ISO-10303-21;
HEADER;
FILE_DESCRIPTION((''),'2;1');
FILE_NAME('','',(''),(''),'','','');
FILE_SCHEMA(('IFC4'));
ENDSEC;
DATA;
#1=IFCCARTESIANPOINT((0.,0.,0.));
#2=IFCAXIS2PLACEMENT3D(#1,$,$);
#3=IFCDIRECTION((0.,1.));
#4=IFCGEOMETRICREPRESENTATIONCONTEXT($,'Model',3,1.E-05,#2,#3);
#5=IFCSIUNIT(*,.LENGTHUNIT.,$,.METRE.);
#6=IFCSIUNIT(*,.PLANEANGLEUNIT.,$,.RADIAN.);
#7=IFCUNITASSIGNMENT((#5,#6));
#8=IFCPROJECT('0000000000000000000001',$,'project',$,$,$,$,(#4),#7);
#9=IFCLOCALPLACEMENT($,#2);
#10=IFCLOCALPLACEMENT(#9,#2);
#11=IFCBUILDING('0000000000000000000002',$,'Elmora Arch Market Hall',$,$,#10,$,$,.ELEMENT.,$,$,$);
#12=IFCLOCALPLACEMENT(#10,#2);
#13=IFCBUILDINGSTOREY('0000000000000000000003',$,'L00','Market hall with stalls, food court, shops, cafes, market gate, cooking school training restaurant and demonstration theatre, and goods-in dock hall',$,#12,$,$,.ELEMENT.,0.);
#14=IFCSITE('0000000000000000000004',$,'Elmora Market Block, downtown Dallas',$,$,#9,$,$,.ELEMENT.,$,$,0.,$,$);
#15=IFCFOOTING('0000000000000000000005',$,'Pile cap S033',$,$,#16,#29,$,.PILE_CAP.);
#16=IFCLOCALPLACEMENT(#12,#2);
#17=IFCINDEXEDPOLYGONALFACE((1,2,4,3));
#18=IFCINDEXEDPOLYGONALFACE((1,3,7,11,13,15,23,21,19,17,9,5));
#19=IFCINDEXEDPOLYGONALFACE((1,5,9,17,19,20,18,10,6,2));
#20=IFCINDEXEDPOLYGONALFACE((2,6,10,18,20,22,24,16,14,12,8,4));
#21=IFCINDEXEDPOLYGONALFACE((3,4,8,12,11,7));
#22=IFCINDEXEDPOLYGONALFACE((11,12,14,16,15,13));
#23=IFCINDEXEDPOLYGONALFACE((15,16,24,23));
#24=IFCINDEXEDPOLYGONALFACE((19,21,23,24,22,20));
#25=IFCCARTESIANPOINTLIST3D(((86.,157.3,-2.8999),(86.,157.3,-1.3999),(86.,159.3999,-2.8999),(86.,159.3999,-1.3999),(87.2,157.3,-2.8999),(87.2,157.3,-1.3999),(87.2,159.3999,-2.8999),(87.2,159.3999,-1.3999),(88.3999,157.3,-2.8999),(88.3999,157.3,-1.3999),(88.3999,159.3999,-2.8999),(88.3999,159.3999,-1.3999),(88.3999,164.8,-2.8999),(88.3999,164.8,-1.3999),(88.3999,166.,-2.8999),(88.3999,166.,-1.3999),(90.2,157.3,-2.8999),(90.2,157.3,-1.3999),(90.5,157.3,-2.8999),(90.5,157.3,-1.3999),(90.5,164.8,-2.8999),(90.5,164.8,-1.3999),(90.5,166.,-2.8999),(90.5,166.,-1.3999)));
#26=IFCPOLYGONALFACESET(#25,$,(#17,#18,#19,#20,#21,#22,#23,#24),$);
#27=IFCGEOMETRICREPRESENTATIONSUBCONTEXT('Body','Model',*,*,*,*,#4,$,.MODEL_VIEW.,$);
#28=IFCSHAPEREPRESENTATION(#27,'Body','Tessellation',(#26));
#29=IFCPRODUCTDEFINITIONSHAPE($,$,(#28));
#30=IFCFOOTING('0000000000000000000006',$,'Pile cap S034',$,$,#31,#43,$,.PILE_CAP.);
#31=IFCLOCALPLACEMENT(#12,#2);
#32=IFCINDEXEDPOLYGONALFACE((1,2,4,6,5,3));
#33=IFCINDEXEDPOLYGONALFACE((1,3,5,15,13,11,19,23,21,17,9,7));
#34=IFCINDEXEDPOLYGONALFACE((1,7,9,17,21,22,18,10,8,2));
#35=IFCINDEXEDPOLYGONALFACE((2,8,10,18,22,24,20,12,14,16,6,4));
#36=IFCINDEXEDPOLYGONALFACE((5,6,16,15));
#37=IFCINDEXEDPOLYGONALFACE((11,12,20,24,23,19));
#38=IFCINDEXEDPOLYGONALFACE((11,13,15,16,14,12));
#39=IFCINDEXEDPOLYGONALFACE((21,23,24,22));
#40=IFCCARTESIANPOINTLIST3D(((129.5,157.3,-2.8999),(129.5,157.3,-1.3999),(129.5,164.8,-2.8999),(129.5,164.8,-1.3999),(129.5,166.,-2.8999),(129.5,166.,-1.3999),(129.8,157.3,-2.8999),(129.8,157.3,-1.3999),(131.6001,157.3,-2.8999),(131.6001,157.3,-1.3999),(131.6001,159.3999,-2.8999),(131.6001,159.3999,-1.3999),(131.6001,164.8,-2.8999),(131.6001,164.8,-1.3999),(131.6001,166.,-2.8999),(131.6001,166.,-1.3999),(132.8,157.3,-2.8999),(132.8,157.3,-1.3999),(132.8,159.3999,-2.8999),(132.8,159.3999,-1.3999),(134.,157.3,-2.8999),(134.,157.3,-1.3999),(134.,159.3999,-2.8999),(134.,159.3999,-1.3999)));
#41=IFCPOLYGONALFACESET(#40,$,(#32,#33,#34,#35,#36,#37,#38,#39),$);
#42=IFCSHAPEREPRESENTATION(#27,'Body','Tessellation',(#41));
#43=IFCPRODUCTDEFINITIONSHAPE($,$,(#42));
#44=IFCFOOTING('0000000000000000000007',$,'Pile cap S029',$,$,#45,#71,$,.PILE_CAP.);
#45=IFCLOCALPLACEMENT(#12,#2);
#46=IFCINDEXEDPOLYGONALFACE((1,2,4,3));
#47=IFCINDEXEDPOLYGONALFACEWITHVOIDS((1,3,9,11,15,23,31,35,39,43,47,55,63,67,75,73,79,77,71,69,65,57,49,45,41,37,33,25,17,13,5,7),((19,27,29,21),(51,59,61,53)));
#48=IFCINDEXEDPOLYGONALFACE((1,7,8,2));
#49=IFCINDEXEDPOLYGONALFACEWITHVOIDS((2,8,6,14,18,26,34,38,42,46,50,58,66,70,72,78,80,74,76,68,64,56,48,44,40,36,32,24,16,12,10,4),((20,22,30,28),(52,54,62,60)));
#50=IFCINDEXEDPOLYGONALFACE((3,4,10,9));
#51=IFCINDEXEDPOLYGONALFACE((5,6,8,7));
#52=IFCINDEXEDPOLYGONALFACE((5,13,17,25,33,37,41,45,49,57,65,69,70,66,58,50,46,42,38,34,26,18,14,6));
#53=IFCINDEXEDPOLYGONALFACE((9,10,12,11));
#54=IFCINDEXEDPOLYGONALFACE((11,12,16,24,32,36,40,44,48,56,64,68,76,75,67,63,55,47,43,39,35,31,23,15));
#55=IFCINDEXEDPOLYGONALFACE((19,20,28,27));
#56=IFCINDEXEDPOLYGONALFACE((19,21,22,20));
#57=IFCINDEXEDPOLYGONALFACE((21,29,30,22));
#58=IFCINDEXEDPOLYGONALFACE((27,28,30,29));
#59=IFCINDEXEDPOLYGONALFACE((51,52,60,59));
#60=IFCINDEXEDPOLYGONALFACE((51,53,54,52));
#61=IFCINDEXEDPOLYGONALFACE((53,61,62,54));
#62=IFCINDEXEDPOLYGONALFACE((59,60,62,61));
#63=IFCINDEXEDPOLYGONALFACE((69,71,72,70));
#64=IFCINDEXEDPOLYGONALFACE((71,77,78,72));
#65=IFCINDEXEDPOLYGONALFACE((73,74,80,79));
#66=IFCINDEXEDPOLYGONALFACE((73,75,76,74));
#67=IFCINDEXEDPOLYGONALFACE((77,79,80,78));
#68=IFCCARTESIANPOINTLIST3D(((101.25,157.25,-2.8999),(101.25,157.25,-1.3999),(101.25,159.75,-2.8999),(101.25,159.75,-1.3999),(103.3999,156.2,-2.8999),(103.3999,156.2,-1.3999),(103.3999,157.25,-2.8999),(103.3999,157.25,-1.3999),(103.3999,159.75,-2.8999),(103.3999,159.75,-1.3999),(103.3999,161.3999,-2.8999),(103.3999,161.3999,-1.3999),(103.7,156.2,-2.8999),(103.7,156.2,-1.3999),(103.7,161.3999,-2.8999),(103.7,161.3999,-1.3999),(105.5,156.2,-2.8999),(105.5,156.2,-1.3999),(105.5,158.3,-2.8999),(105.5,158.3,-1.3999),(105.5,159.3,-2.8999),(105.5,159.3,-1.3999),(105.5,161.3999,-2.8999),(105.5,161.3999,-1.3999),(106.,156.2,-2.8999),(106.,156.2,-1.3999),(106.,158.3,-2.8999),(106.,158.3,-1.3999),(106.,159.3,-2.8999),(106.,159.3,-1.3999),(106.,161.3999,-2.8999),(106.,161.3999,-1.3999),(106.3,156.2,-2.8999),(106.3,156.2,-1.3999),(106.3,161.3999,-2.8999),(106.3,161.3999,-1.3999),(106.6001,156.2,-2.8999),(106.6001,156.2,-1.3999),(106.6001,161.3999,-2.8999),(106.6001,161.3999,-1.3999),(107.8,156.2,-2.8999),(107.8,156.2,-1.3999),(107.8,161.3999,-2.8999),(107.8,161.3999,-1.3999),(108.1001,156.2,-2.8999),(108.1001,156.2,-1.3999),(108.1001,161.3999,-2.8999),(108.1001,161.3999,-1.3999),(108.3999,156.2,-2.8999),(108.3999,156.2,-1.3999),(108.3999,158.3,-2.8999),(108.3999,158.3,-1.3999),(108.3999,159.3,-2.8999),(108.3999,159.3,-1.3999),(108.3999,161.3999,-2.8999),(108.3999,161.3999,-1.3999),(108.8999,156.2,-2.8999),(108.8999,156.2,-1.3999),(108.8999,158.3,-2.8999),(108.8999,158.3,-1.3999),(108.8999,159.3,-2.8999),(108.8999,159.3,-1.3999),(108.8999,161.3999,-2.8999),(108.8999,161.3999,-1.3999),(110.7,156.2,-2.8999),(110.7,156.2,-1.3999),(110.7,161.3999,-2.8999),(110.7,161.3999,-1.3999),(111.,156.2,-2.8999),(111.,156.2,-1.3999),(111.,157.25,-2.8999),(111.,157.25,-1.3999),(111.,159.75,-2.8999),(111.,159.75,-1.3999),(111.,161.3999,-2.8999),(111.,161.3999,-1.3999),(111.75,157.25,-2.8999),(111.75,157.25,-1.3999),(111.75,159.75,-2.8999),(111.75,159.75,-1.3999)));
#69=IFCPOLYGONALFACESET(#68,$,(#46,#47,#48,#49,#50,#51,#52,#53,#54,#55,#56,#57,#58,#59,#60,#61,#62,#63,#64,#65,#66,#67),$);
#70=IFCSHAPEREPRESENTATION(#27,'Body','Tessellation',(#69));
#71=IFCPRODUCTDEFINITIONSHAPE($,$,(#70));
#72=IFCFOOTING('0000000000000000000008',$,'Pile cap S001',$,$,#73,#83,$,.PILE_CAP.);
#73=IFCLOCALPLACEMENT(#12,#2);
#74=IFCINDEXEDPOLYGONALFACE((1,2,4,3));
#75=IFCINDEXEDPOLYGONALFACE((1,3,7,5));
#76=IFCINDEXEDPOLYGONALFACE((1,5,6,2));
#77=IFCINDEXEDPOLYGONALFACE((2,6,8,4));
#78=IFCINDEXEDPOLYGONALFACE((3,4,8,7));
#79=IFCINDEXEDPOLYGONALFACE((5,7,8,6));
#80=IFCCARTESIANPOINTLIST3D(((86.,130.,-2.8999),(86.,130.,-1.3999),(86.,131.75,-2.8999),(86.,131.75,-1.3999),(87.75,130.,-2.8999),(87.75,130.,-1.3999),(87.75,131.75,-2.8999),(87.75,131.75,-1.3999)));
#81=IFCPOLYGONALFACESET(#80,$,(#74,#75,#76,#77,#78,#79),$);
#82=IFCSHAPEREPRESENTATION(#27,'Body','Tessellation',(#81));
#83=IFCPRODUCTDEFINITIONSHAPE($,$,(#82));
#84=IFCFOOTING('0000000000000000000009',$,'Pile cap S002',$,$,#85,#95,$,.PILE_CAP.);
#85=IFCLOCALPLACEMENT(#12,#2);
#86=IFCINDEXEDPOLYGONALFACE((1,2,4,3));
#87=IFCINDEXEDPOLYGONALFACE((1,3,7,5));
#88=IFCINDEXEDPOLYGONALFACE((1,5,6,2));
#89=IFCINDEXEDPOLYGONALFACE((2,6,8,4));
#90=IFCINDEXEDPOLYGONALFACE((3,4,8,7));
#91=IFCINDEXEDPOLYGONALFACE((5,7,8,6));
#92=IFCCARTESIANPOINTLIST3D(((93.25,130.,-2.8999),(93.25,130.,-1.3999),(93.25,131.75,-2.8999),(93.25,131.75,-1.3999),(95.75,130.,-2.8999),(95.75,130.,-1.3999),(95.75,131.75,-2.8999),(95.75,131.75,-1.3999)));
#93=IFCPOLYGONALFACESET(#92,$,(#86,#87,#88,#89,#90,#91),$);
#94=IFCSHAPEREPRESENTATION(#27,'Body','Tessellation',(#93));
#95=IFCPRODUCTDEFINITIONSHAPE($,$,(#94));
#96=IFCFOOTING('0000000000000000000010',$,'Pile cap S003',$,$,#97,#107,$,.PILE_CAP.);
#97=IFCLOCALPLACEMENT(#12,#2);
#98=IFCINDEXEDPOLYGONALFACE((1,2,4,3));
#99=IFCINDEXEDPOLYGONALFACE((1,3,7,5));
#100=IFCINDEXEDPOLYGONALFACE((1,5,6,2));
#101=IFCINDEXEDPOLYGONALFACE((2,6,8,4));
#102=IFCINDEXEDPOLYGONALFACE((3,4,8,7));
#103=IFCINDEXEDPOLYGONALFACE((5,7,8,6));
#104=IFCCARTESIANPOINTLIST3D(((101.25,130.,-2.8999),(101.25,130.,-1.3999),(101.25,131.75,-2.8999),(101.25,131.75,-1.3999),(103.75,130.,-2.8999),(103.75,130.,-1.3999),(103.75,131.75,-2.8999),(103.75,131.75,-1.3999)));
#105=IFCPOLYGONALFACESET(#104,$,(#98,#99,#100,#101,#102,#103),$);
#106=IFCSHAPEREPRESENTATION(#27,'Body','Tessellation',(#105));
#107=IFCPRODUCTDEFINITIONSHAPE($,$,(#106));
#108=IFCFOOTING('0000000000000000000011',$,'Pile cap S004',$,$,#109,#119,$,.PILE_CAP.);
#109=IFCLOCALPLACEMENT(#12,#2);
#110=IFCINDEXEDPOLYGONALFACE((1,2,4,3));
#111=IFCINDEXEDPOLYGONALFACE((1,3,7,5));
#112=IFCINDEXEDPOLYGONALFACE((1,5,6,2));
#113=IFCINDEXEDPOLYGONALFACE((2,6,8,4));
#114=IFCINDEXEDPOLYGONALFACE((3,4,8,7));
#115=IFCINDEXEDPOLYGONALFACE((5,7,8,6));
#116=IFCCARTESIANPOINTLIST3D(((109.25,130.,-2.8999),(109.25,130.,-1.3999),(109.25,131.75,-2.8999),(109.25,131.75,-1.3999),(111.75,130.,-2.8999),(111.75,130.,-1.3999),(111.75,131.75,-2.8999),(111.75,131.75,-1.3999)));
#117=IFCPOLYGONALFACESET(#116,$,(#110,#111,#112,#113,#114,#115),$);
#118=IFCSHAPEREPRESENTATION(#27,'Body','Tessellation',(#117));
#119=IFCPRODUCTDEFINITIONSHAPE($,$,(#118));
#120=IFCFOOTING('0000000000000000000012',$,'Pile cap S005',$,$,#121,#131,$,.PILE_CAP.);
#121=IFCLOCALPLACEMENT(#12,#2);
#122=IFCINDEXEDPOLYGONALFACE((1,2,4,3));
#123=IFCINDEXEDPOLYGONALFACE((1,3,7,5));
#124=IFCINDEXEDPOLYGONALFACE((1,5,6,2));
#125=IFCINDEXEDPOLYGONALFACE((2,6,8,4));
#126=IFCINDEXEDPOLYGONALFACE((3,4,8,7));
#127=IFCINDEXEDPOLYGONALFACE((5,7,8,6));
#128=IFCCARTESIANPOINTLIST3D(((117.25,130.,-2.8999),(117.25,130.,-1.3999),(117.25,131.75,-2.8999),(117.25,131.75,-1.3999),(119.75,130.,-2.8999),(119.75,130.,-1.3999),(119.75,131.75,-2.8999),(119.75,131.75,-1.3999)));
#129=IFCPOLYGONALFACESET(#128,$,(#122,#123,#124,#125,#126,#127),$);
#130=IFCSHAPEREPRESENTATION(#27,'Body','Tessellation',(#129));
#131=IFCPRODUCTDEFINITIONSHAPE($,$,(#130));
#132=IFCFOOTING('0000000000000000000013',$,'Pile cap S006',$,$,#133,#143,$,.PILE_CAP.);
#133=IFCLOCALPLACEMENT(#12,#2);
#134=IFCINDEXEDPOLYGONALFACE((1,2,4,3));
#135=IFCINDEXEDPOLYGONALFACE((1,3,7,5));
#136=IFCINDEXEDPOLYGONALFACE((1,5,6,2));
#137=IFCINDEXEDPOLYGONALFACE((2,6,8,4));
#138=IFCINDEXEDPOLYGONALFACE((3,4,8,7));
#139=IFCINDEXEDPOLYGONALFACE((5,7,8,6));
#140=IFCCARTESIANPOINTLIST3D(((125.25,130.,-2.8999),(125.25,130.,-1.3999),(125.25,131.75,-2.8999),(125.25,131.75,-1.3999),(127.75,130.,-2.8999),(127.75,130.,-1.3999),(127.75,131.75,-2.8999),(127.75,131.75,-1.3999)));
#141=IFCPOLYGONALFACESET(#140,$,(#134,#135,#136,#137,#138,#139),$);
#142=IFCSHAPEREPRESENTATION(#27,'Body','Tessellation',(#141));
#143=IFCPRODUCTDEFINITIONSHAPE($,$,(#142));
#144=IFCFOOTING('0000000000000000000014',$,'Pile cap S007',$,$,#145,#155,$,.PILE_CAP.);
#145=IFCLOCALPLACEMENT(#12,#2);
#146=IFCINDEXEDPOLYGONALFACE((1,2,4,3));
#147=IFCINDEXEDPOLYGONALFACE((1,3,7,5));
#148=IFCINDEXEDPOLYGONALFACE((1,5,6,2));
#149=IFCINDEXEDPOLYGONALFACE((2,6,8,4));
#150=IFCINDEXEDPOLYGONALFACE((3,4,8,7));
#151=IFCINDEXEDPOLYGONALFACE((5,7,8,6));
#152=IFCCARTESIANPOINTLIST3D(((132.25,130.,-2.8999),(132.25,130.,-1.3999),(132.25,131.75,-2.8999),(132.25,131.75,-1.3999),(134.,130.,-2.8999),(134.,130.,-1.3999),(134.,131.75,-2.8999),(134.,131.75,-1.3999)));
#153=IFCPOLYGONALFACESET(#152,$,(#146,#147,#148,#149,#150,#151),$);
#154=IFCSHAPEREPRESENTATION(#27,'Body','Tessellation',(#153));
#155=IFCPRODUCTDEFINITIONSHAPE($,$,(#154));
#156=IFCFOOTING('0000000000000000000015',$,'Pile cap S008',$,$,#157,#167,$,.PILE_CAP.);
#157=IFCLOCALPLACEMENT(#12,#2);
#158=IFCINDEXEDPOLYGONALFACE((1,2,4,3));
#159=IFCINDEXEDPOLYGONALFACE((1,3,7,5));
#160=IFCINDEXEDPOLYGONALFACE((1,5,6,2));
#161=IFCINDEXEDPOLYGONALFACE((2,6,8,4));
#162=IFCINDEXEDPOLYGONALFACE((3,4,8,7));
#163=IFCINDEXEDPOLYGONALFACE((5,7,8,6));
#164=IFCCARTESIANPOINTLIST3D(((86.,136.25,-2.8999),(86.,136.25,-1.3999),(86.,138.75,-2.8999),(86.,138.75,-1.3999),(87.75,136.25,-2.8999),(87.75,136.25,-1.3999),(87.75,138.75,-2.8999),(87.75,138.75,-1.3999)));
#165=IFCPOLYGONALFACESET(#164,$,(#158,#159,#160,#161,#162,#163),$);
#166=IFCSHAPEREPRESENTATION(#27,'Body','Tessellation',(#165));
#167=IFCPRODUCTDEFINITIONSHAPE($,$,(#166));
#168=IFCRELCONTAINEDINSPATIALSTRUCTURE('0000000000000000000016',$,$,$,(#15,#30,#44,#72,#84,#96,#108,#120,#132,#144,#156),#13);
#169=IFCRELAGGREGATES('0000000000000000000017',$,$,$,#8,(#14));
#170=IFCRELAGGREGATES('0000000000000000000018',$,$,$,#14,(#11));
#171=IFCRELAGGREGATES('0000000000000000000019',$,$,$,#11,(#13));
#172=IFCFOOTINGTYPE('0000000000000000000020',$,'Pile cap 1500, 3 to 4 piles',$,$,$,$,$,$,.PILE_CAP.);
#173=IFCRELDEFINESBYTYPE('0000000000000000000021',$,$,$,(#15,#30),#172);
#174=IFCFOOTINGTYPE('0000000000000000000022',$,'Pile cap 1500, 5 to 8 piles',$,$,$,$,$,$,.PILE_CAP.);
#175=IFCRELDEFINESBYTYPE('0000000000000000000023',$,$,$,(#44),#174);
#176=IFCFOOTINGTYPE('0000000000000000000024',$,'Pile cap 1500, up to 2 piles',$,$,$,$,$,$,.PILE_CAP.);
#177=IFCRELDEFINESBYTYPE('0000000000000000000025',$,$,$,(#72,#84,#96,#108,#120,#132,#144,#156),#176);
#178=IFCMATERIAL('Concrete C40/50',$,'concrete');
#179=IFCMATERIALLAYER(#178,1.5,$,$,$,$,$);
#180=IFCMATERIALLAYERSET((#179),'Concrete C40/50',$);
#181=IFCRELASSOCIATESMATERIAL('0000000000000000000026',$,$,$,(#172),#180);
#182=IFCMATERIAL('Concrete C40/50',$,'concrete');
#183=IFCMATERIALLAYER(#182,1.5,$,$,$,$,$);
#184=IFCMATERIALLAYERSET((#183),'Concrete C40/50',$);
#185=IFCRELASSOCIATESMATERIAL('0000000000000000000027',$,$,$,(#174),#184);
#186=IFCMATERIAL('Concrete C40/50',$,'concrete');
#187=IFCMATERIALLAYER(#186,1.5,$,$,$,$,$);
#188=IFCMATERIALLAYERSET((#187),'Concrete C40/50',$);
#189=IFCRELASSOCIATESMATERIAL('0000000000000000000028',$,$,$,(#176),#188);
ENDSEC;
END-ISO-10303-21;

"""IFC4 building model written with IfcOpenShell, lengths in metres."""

from ifc_helpers import new_model, si_unit, direction, frame, origin, place, context, subcontext, project, spatial, polyline, outline, extrude, material, layer, layer_set, type_object, element, save


model = new_model("IFC4")

# Units and contexts
model_context = context("Model", 3, precision=1e-05, world=origin(), true_north=direction((0.0, 1.0)))
body_context = subcontext(model_context, "Body", "Model", "MODEL_VIEW")
ifc_project = project(units=[si_unit("LENGTHUNIT", "METRE"), si_unit("PLANEANGLEUNIT", "RADIAN")], contexts=[model_context])

# Site, building, storey
site_placement = place(None, origin())
site = spatial("IfcSite", under=ifc_project, at=site_placement, Name="Elmora Market Block, downtown Dallas", CompositionType="ELEMENT", RefElevation=0.0)
building_placement = place(site_placement, origin())
building = spatial("IfcBuilding", under=site, at=building_placement, Name="Elmora Arch Market Hall", CompositionType="ELEMENT")
storey_placement = place(building_placement, origin())
storey = spatial("IfcBuildingStorey", under=building, at=storey_placement, Name="L00", Description="Market hall with stalls, food court, shops, cafes, market gate, cooking school training restaurant and demonstration theatre, and goods-in dock hall", CompositionType="ELEMENT", Elevation=0.0)

# Footings
ifc_material_1 = material(Name="Concrete C40/50", Category="concrete")
ifc_layer_1 = layer(ifc_material_1, 1.5)
ifc_layer_set_1 = layer_set([ifc_layer_1], Name="Concrete C40/50")
footing_type_1 = type_object("IfcFootingType", Name="Pile cap 1500, 3 to 4 piles", PredefinedType="PILE_CAP", material=ifc_layer_set_1)
footing_1_placement = place(storey_placement, frame((0.0, 0.0, -2.8999)))
element("IfcFooting", 1, at=footing_1_placement, inside=storey, type_object=footing_type_1, Name="Pile cap S033", PredefinedType="PILE_CAP", context=body_context, shape_type="SweptSolid", body=[
    extrude(outline(polyline([(88.3999, 164.8), (88.3999, 166.0), (90.5, 166.0), (90.5, 164.8), (90.5, 157.3), (90.2, 157.3), (88.3999, 157.3), (87.2, 157.3), (86.0, 157.3), (86.0, 159.3999), (87.2, 159.3999), (88.3999, 159.3999), (88.3999, 164.8), (88.3999, 164.8)])), origin(), (0.0, 0.0, 1.0), 1.5),
])
footing_2_placement = place(storey_placement, frame((0.0, 0.0, -2.8999)))
element("IfcFooting", 2, at=footing_2_placement, inside=storey, type_object=footing_type_1, Name="Pile cap S034", PredefinedType="PILE_CAP", context=body_context, shape_type="SweptSolid", body=[
    extrude(outline(polyline([(131.6001, 157.3), (129.8, 157.3), (129.5, 157.3), (129.5, 164.8), (129.5, 166.0), (131.6001, 166.0), (131.6001, 164.8), (131.6001, 159.3999), (132.8, 159.3999), (134.0, 159.3999), (134.0, 157.3), (132.8, 157.3), (131.6001, 157.3)])), origin(), (0.0, 0.0, 1.0), 1.5),
])
ifc_material_2 = material(Name="Concrete C40/50", Category="concrete")
ifc_layer_2 = layer(ifc_material_2, 1.5)
ifc_layer_set_2 = layer_set([ifc_layer_2], Name="Concrete C40/50")
footing_type_2 = type_object("IfcFootingType", Name="Pile cap 1500, 5 to 8 piles", PredefinedType="PILE_CAP", material=ifc_layer_set_2)
footing_3_placement = place(storey_placement, frame((0.0, 0.0, -2.8999)))
element("IfcFooting", 3, at=footing_3_placement, inside=storey, type_object=footing_type_2, Name="Pile cap S029", PredefinedType="PILE_CAP", context=body_context, shape_type="SweptSolid", body=[
    extrude(outline(polyline([(103.3999, 159.75), (103.3999, 161.3999), (103.7, 161.3999), (105.5, 161.3999), (106.0, 161.3999), (106.3, 161.3999), (106.6001, 161.3999), (107.8, 161.3999), (108.1001, 161.3999), (108.3999, 161.3999), (108.8999, 161.3999), (110.7, 161.3999), (111.0, 161.3999), (111.0, 159.75), (111.75, 159.75), (111.75, 157.25), (111.0, 157.25), (111.0, 156.2), (110.7, 156.2), (108.8999, 156.2), (108.3999, 156.2), (108.1001, 156.2), (107.8, 156.2), (106.6001, 156.2), (106.3, 156.2), (106.0, 156.2), (105.5, 156.2), (103.7, 156.2), (103.3999, 156.2), (103.3999, 157.25), (101.25, 157.25), (101.25, 159.75), (103.3999, 159.75)]), holes=[polyline([(106.0, 159.3), (105.5, 159.3), (105.5, 158.3), (106.0, 158.3), (106.0, 159.3)]), polyline([(108.8999, 159.3), (108.3999, 159.3), (108.3999, 158.3), (108.8999, 158.3), (108.8999, 159.3)])]), origin(), (0.0, 0.0, 1.0), 1.5),
])
ifc_material_3 = material(Name="Concrete C40/50", Category="concrete")
ifc_layer_3 = layer(ifc_material_3, 1.5)
ifc_layer_set_3 = layer_set([ifc_layer_3], Name="Concrete C40/50")
footing_type_3 = type_object("IfcFootingType", Name="Pile cap 1500, up to 2 piles", PredefinedType="PILE_CAP", material=ifc_layer_set_3)
footing_4_placement = place(storey_placement, frame((0.0, 0.0, -2.8999)))
element("IfcFooting", 4, at=footing_4_placement, inside=storey, type_object=footing_type_3, Name="Pile cap S001", PredefinedType="PILE_CAP", context=body_context, shape_type="SweptSolid", body=[
    extrude(outline(polyline([(87.75, 131.75), (87.75, 130.0), (86.0, 130.0), (86.0, 131.75), (87.75, 131.75)])), origin(), (0.0, 0.0, 1.0), 1.5),
])
footing_5_placement = place(storey_placement, frame((0.0, 0.0, -2.8999)))
element("IfcFooting", 5, at=footing_5_placement, inside=storey, type_object=footing_type_3, Name="Pile cap S002", PredefinedType="PILE_CAP", context=body_context, shape_type="SweptSolid", body=[
    extrude(outline(polyline([(95.75, 131.75), (95.75, 130.0), (93.25, 130.0), (93.25, 131.75), (95.75, 131.75)])), origin(), (0.0, 0.0, 1.0), 1.5),
])
footing_6_placement = place(storey_placement, frame((0.0, 0.0, -2.8999)))
element("IfcFooting", 6, at=footing_6_placement, inside=storey, type_object=footing_type_3, Name="Pile cap S003", PredefinedType="PILE_CAP", context=body_context, shape_type="SweptSolid", body=[
    extrude(outline(polyline([(103.75, 131.75), (103.75, 130.0), (101.25, 130.0), (101.25, 131.75), (103.75, 131.75)])), origin(), (0.0, 0.0, 1.0), 1.5),
])
footing_7_placement = place(storey_placement, frame((0.0, 0.0, -2.8999)))
element("IfcFooting", 7, at=footing_7_placement, inside=storey, type_object=footing_type_3, Name="Pile cap S004", PredefinedType="PILE_CAP", context=body_context, shape_type="SweptSolid", body=[
    extrude(outline(polyline([(109.25, 131.75), (111.75, 131.75), (111.75, 130.0), (109.25, 130.0), (109.25, 131.75)])), origin(), (0.0, 0.0, 1.0), 1.5),
])
footing_8_placement = place(storey_placement, frame((0.0, 0.0, -2.8999)))
element("IfcFooting", 8, at=footing_8_placement, inside=storey, type_object=footing_type_3, Name="Pile cap S005", PredefinedType="PILE_CAP", context=body_context, shape_type="SweptSolid", body=[
    extrude(outline(polyline([(119.75, 131.75), (119.75, 130.0), (117.25, 130.0), (117.25, 131.75), (119.75, 131.75)])), origin(), (0.0, 0.0, 1.0), 1.5),
])
footing_9_placement = place(storey_placement, frame((0.0, 0.0, -2.8999)))
element("IfcFooting", 9, at=footing_9_placement, inside=storey, type_object=footing_type_3, Name="Pile cap S006", PredefinedType="PILE_CAP", context=body_context, shape_type="SweptSolid", body=[
    extrude(outline(polyline([(127.75, 131.75), (127.75, 130.0), (125.25, 130.0), (125.25, 131.75), (127.75, 131.75)])), origin(), (0.0, 0.0, 1.0), 1.5),
])
footing_10_placement = place(storey_placement, frame((0.0, 0.0, -2.8999)))
element("IfcFooting", 10, at=footing_10_placement, inside=storey, type_object=footing_type_3, Name="Pile cap S007", PredefinedType="PILE_CAP", context=body_context, shape_type="SweptSolid", body=[
    extrude(outline(polyline([(134.0, 131.75), (134.0, 130.0), (132.25, 130.0), (132.25, 131.75), (134.0, 131.75)])), origin(), (0.0, 0.0, 1.0), 1.5),
])
footing_11_placement = place(storey_placement, frame((0.0, 0.0, -2.8999)))
element("IfcFooting", 11, at=footing_11_placement, inside=storey, type_object=footing_type_3, Name="Pile cap S008", PredefinedType="PILE_CAP", context=body_context, shape_type="SweptSolid", body=[
    extrude(outline(polyline([(87.75, 138.75), (87.75, 136.25), (86.0, 136.25), (86.0, 138.75), (87.75, 138.75)])), origin(), (0.0, 0.0, 1.0), 1.5),
])

save(model, "model.ifc")
